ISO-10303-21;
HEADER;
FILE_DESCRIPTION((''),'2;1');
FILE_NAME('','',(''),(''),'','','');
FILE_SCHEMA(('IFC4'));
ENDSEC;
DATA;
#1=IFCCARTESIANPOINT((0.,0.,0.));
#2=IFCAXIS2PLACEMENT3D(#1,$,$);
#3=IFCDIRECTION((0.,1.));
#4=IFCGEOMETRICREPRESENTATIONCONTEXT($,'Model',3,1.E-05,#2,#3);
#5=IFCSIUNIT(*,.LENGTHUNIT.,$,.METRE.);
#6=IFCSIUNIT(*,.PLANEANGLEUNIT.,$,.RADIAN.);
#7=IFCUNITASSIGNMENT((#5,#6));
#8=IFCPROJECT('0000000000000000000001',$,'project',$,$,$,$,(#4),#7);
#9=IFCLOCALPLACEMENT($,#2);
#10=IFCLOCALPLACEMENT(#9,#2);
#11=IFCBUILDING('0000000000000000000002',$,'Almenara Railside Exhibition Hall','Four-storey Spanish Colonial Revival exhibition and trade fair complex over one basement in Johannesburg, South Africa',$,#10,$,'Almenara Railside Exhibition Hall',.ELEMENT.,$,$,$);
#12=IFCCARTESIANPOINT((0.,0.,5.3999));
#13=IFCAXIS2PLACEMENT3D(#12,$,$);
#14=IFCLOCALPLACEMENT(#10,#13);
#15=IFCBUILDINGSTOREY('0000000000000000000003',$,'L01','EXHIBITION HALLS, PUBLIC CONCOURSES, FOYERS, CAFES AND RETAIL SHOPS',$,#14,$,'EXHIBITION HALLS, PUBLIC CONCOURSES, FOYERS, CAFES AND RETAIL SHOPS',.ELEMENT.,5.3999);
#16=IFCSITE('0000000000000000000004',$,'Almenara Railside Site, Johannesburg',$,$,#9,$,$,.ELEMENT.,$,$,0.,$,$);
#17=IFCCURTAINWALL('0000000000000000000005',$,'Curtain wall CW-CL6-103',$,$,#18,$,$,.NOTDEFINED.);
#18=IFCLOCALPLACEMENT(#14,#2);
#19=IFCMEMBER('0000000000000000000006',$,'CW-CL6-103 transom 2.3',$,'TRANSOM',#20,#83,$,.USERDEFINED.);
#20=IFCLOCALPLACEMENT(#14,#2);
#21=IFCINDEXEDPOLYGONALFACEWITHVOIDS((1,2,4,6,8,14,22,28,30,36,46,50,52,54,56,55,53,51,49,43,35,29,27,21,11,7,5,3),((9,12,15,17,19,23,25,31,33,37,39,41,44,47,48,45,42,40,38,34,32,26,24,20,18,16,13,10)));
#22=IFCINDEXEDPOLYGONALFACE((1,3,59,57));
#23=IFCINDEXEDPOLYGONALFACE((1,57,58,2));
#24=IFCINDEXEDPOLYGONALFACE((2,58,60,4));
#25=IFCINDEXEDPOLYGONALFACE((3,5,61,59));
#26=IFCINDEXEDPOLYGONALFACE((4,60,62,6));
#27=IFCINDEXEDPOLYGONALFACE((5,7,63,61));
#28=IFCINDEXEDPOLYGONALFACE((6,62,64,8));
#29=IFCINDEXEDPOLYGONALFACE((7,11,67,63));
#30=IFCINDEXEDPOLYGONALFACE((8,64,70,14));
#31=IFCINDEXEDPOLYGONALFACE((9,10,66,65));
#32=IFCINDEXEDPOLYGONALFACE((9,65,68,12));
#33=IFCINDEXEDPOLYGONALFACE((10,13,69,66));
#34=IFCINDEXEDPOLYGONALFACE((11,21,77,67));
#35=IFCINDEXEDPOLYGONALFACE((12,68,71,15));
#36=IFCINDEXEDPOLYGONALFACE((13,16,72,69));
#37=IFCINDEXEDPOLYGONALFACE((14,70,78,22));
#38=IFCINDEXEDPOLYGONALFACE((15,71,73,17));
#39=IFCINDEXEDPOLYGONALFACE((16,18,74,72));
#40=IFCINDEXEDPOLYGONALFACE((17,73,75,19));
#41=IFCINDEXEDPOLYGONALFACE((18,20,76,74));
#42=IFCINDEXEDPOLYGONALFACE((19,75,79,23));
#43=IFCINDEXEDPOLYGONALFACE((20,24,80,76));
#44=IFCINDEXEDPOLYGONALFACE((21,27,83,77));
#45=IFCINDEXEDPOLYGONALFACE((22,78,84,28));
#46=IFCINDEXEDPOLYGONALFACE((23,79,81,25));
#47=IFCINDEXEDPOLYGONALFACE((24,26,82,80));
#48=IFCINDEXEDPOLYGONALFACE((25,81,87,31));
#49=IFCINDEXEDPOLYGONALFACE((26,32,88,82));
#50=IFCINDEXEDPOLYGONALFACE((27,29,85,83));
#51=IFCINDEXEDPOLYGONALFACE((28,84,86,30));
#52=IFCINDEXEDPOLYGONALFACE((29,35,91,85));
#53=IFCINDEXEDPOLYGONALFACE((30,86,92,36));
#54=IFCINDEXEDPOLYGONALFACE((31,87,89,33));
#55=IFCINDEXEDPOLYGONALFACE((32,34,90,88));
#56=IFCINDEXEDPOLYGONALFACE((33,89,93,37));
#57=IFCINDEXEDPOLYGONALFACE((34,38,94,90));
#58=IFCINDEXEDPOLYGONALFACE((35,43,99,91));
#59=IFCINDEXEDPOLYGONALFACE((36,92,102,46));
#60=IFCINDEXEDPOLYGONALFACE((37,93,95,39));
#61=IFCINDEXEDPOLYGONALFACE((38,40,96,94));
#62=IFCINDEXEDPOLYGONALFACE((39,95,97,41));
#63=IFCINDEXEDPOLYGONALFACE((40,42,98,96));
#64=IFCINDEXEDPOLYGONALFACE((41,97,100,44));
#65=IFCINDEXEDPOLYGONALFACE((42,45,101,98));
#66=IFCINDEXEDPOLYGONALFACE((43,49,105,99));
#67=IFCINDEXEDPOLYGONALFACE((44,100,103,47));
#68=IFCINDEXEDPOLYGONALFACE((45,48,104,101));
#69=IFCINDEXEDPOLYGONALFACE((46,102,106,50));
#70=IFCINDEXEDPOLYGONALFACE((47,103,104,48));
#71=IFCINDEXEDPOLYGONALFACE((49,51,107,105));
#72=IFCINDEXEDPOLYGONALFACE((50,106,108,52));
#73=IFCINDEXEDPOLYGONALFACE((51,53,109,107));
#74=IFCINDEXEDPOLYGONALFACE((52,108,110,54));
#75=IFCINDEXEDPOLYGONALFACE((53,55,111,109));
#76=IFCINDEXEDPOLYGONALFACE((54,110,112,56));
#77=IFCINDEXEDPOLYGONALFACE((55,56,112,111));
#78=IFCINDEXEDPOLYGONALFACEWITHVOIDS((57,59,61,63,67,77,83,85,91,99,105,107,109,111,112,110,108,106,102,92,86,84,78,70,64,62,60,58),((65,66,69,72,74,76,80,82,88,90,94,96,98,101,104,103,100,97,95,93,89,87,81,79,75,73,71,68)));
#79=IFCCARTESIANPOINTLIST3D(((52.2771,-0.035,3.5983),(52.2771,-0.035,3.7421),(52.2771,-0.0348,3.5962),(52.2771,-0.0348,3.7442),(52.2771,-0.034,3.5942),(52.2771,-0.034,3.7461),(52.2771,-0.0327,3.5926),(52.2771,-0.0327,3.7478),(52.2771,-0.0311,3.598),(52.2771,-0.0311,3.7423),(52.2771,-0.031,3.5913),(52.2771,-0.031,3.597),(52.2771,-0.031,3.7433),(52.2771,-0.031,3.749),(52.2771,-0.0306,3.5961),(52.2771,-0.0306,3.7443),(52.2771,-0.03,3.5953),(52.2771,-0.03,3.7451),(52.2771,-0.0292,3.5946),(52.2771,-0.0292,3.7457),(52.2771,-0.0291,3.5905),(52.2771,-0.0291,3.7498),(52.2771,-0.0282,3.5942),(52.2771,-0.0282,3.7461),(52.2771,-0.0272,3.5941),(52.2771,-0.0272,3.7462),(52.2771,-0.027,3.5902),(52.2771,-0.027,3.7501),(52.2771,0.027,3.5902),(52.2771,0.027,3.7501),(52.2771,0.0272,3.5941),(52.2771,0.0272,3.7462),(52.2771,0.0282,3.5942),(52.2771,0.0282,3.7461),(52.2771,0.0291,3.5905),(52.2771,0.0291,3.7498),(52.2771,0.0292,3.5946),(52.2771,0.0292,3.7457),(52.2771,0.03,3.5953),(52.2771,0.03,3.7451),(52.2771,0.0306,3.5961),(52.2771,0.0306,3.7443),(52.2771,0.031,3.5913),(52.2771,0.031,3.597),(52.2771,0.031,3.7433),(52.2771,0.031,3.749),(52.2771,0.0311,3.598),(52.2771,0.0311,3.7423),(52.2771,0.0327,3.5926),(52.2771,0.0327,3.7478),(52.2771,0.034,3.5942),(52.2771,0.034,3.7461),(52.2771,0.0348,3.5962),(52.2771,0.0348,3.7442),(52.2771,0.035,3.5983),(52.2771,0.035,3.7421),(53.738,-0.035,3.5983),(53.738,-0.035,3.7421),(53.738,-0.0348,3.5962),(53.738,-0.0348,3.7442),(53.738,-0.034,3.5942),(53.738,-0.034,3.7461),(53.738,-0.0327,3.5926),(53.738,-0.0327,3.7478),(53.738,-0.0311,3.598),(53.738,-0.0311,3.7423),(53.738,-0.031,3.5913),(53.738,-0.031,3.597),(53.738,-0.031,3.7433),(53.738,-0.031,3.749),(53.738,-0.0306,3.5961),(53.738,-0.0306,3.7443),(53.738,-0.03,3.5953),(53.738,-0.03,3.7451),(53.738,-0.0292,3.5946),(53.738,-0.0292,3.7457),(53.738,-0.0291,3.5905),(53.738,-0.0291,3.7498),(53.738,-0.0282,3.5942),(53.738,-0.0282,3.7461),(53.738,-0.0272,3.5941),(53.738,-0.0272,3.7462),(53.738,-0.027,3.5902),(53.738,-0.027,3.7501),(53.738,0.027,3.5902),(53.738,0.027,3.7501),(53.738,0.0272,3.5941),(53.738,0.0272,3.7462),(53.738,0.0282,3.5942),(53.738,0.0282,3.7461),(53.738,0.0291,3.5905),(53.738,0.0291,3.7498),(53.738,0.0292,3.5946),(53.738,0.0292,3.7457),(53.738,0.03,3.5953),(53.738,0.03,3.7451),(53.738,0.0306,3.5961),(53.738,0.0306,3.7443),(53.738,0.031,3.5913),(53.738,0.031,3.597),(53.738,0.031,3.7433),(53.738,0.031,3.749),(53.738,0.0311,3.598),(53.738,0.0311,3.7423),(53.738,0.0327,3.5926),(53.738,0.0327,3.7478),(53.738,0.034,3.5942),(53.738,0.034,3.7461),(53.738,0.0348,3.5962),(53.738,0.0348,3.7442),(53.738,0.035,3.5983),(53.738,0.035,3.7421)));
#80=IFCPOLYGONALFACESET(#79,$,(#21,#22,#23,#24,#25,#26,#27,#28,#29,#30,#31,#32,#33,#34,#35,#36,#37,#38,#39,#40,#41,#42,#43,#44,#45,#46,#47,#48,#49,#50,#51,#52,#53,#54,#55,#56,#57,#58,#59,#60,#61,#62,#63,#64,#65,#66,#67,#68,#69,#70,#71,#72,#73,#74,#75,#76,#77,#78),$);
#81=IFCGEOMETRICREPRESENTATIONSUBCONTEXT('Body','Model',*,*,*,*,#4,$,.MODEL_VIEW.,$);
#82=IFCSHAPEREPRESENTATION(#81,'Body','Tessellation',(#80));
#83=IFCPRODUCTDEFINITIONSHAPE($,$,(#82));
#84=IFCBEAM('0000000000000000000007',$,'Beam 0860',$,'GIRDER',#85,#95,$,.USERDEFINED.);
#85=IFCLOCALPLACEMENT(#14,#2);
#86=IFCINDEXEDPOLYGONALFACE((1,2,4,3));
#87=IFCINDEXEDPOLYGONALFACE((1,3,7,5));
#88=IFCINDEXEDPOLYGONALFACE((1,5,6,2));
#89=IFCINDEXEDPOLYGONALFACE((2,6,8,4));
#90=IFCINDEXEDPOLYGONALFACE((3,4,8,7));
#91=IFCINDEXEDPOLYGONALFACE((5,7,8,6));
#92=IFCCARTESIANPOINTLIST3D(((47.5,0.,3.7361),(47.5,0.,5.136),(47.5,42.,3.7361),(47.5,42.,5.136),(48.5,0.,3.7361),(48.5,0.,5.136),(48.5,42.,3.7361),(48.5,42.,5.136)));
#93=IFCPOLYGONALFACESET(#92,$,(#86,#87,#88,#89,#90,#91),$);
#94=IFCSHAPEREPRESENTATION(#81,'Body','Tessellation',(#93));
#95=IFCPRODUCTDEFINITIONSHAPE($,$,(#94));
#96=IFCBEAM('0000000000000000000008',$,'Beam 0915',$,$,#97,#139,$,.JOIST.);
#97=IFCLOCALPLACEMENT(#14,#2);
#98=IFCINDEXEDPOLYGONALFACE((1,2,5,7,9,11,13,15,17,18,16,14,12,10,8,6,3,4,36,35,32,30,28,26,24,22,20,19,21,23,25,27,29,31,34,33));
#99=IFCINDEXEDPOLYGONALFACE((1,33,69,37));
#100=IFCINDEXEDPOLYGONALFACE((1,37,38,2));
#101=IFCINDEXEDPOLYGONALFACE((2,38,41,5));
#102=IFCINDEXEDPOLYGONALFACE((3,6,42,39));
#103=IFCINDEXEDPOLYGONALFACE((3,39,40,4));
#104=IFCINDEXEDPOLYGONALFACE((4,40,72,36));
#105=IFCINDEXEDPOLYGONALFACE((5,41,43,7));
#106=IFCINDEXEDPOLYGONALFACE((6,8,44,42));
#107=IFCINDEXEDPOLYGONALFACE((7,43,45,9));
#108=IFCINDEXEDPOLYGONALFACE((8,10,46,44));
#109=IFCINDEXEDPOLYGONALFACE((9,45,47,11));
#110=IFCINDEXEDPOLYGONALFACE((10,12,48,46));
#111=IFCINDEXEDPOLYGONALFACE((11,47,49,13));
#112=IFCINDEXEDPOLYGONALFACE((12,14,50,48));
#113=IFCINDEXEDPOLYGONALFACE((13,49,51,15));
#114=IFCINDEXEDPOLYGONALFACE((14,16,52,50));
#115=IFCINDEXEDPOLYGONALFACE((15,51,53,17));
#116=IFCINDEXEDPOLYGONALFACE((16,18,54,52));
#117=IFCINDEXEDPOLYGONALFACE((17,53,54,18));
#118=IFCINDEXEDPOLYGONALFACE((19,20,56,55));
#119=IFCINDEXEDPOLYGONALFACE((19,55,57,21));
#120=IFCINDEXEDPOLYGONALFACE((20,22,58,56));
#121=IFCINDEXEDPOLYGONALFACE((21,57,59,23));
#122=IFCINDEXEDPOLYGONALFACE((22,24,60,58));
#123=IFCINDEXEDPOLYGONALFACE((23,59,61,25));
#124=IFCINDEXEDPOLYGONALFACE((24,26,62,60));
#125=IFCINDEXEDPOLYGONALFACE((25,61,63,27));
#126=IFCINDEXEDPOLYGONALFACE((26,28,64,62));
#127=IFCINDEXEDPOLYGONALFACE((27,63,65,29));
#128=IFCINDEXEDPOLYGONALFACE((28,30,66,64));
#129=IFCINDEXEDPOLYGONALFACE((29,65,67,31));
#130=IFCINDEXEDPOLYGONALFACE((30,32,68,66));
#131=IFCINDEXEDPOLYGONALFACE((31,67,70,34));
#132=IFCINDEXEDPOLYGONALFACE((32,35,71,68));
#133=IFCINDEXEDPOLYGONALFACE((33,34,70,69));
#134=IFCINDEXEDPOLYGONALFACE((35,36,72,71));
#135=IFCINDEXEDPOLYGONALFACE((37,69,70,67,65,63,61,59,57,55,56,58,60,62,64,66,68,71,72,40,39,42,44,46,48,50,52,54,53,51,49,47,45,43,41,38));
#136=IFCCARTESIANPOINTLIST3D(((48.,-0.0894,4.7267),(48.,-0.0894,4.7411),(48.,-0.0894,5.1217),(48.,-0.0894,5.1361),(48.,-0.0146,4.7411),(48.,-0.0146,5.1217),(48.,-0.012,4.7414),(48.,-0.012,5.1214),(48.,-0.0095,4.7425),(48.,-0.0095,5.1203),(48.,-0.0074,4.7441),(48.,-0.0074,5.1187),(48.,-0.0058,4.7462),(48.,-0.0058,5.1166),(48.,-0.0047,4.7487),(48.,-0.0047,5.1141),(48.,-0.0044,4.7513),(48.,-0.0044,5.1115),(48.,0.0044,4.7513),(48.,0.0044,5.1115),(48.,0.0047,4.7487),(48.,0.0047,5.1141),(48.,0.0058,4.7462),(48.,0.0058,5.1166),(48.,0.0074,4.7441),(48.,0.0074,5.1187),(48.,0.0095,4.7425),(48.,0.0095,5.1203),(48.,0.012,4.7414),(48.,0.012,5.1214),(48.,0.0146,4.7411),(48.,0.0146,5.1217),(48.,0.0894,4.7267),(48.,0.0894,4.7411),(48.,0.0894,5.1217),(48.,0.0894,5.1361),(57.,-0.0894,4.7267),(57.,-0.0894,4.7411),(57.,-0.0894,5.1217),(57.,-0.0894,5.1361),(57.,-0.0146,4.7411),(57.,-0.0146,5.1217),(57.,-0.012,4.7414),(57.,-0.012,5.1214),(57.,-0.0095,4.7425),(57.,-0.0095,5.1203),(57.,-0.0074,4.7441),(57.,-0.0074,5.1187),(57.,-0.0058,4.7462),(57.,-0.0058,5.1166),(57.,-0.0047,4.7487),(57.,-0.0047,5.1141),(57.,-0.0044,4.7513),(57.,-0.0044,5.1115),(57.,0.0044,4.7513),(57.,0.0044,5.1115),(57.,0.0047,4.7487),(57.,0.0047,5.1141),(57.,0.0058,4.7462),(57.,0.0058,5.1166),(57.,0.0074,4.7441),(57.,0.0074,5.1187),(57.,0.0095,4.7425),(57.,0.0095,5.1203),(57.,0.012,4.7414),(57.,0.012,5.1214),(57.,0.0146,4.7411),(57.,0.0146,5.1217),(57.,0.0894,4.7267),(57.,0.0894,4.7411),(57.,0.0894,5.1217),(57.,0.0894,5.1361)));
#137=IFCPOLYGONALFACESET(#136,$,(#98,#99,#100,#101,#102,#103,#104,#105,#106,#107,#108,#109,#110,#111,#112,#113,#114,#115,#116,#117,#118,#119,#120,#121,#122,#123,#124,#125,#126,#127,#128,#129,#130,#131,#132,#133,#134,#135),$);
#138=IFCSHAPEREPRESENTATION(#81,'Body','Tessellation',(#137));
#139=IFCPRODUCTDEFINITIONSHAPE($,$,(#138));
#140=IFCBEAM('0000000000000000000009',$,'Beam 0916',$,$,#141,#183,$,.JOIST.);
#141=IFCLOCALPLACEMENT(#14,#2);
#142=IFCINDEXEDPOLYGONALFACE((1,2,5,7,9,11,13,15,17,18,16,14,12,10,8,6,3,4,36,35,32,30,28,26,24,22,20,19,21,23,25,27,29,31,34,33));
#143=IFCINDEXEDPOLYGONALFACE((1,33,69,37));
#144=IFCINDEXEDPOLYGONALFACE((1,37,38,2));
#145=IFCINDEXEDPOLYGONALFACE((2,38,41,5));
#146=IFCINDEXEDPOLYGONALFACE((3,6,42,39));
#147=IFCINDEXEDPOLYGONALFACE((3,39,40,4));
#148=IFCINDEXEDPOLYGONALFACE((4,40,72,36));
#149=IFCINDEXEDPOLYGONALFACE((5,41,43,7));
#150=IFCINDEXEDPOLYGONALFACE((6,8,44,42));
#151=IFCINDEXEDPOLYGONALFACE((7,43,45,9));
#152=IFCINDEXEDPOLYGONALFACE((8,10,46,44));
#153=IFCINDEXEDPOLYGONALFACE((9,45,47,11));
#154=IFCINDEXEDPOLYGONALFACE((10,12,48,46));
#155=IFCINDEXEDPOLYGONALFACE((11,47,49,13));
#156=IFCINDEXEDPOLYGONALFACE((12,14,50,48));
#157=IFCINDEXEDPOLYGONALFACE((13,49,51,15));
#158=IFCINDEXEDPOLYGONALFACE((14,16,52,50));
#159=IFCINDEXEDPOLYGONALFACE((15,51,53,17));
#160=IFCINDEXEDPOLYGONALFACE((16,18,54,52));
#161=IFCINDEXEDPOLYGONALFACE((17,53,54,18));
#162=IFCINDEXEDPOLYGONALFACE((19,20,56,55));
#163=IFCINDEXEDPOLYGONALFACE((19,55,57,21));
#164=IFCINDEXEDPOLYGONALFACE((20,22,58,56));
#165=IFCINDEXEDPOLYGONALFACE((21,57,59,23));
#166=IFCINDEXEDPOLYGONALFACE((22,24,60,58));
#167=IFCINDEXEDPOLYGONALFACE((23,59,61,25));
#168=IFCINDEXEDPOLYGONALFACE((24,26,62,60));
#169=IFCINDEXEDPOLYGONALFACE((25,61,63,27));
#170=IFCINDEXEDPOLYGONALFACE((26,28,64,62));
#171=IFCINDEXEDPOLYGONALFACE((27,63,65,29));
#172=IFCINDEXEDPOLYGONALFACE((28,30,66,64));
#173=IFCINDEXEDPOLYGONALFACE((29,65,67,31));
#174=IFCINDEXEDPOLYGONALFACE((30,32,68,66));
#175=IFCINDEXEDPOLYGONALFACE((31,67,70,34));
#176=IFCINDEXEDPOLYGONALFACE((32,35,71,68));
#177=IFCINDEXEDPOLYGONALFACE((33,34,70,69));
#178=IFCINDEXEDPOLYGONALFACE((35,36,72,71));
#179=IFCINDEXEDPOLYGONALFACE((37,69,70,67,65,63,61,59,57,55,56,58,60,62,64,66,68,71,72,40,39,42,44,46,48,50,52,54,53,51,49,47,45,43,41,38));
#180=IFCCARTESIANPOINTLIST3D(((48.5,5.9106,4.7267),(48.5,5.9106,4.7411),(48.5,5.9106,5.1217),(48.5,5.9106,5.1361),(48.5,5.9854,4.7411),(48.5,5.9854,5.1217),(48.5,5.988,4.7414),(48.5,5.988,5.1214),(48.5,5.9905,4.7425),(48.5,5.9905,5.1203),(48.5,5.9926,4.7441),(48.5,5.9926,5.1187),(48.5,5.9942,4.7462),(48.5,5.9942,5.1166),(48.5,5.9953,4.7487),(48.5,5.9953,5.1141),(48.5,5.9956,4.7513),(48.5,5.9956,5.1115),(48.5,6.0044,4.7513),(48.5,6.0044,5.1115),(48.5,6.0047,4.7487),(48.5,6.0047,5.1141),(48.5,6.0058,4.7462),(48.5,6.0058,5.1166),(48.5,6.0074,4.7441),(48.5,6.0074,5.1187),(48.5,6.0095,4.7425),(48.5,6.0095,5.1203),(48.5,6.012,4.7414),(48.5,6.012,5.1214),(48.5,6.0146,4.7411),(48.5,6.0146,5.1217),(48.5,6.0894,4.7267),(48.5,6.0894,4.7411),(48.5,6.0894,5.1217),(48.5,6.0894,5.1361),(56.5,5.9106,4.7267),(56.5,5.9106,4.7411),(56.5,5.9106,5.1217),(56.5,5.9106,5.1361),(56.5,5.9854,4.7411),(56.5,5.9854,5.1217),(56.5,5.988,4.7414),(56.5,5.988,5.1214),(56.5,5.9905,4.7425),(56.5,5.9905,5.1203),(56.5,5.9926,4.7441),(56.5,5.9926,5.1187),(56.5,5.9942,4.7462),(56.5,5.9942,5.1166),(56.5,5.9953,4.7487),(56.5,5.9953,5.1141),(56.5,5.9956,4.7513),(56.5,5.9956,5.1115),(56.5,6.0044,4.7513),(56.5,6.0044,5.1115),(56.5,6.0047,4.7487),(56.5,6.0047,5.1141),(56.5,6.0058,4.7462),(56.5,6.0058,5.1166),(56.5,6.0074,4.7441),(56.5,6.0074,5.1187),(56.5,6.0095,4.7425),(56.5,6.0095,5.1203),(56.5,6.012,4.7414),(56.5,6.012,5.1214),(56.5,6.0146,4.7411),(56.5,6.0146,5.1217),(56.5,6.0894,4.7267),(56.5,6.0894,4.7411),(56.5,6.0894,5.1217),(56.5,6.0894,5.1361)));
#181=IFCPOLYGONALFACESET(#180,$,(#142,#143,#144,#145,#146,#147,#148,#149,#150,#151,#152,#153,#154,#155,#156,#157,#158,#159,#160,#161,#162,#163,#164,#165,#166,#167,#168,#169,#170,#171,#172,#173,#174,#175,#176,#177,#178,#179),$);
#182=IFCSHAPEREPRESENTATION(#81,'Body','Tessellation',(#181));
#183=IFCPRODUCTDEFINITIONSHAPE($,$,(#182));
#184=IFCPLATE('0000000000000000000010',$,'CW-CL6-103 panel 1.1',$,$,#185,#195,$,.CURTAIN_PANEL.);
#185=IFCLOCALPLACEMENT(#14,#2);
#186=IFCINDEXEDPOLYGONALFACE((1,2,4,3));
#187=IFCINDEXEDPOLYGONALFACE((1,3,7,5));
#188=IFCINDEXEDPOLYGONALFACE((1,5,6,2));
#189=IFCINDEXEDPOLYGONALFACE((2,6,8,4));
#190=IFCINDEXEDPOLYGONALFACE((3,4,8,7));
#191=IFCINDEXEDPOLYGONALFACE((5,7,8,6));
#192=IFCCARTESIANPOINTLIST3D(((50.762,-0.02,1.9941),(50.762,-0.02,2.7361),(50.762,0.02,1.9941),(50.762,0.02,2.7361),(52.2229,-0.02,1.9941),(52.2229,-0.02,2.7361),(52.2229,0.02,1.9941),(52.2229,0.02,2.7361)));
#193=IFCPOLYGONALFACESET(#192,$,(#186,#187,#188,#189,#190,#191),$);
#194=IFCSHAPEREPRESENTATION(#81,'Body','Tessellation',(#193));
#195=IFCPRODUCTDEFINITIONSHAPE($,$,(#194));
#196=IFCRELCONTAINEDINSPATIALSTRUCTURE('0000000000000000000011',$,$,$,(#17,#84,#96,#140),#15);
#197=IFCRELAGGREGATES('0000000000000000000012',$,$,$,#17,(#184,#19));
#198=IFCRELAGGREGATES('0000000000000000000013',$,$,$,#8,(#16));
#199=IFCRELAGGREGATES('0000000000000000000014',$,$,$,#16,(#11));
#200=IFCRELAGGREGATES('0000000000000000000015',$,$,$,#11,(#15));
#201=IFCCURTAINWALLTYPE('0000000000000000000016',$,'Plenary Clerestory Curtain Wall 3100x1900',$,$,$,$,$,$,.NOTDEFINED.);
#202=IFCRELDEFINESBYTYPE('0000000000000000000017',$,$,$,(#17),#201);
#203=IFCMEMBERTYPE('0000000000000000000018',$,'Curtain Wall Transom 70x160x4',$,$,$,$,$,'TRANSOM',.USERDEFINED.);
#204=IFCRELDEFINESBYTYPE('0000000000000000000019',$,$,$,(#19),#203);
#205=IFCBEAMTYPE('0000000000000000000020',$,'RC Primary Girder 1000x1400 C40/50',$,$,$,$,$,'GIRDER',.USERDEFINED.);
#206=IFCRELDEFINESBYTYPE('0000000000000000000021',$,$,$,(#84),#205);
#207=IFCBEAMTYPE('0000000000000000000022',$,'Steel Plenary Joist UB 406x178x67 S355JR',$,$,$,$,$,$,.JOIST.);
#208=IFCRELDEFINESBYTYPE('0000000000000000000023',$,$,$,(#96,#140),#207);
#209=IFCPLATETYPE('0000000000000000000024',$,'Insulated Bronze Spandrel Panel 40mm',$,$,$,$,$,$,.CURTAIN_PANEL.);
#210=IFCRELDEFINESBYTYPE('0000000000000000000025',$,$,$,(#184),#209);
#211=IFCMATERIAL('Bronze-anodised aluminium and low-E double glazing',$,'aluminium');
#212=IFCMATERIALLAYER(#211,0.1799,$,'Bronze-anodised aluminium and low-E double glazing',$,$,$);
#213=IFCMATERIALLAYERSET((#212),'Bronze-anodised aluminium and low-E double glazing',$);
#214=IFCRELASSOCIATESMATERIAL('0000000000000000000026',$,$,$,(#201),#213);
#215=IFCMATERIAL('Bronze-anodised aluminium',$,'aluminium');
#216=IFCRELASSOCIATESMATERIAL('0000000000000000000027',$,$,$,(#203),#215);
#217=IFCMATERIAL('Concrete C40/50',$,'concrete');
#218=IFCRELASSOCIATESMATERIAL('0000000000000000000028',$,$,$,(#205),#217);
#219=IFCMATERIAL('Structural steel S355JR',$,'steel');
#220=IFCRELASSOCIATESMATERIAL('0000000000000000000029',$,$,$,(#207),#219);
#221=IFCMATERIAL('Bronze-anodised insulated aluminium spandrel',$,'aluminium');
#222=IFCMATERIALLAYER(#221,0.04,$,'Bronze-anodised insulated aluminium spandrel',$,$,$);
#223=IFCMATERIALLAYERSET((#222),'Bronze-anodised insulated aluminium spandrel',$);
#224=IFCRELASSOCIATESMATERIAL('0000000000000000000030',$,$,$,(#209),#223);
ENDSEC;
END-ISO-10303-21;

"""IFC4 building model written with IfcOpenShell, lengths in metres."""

from ifc_helpers import new_model, si_unit, direction, frame, origin, origin_2d, place, context, subcontext, project, spatial, rectangle, hollow_rectangle, i_section, extrude, material, layer, layer_set, material_profile, profile_set, type_object, element, aggregate, save


model = new_model("IFC4")

# Units and contexts
model_context = context("Model", 3, precision=1e-05, world=origin(), true_north=direction((0.0, 1.0)))
body_context = subcontext(model_context, "Body", "Model", "MODEL_VIEW")
ifc_project = project(units=[si_unit("LENGTHUNIT", "METRE"), si_unit("PLANEANGLEUNIT", "RADIAN")], contexts=[model_context])

# Site, building, storey
site_placement = place(None, origin())
site = spatial("IfcSite", under=ifc_project, at=site_placement, Name="Almenara Railside Site, Johannesburg", CompositionType="ELEMENT", RefElevation=0.0)
building_placement = place(site_placement, origin())
building = spatial("IfcBuilding", under=site, at=building_placement, Name="Almenara Railside Exhibition Hall", Description="Four-storey Spanish Colonial Revival exhibition and trade fair complex over one basement in Johannesburg, South Africa", LongName="Almenara Railside Exhibition Hall", CompositionType="ELEMENT")
storey_placement = place(building_placement, frame((0.0, 0.0, 5.3999)))
storey = spatial("IfcBuildingStorey", under=building, at=storey_placement, Name="L01", Description="EXHIBITION HALLS, PUBLIC CONCOURSES, FOYERS, CAFES AND RETAIL SHOPS", LongName="EXHIBITION HALLS, PUBLIC CONCOURSES, FOYERS, CAFES AND RETAIL SHOPS", CompositionType="ELEMENT", Elevation=5.3999)

# Curtain wall, member
ifc_material_1 = material(Name="Bronze-anodised aluminium and low-E double glazing", Category="aluminium")
ifc_layer_1 = layer(ifc_material_1, 0.1799, Name="Bronze-anodised aluminium and low-E double glazing")
ifc_layer_set_1 = layer_set([ifc_layer_1], Name="Bronze-anodised aluminium and low-E double glazing")
curtain_wall_type = type_object("IfcCurtainWallType", Name="Plenary Clerestory Curtain Wall 3100x1900", PredefinedType="NOTDEFINED", material=ifc_layer_set_1)
curtain_wall_placement = place(storey_placement, origin())
curtain_wall = element("IfcCurtainWall", 1, at=curtain_wall_placement, inside=storey, type_object=curtain_wall_type, Name="Curtain wall CW-CL6-103", PredefinedType="NOTDEFINED")
ifc_material_2 = material(Name="Bronze-anodised aluminium", Category="aluminium")
ifc_material_profile_1 = material_profile(ifc_material_2, hollow_rectangle(XDim=0.0701, YDim=0.1599, WallThickness=0.0039, InnerFilletRadius=0.0039, OuterFilletRadius=0.0081, at=origin_2d()), Name="ALU-TRN 70x160x4")
ifc_profile_set_1 = profile_set([ifc_material_profile_1], Name="Bronze-anodised aluminium")
member_type_1 = type_object("IfcMemberType", Name="Curtain Wall Transom 70x160x4", ElementType="TRANSOM", PredefinedType="USERDEFINED", material=ifc_profile_set_1)
member_1_placement = place(storey_placement, frame((52.2771, 0.0, 3.6702), z_axis=(1.0, 0.0, 0.0), x_axis=(0.0, 1.0, 0.0)))
member_1 = element("IfcMember", 2, at=member_1_placement, type_object=member_type_1, Name="CW-CL6-103 transom 2.3", ObjectType="TRANSOM", PredefinedType="USERDEFINED", context=body_context, shape_type="SweptSolid", body=[
    extrude(hollow_rectangle(XDim=0.0701, YDim=0.1599, WallThickness=0.0039, InnerFilletRadius=0.0039, OuterFilletRadius=0.0081, at=origin_2d()), origin(), (0.0, 0.0, 1.0), 1.4609),
])

# Beams
ifc_material_3 = material(Name="Concrete C40/50", Category="concrete")
ifc_material_profile_2 = material_profile(ifc_material_3, rectangle(XDim=1.0, YDim=1.3999, at=origin_2d()), Name="RC 1000x1400")
ifc_profile_set_2 = profile_set([ifc_material_profile_2], Name="Concrete C40/50")
beam_type_1 = type_object("IfcBeamType", Name="RC Primary Girder 1000x1400 C40/50", ElementType="GIRDER", PredefinedType="USERDEFINED", material=ifc_profile_set_2)
beam_1_placement = place(storey_placement, frame((48.0, 0.0, 4.436), z_axis=(0.0, 1.0, 0.0), x_axis=(-1.0, 0.0, 0.0)))
element("IfcBeam", 3, at=beam_1_placement, inside=storey, type_object=beam_type_1, Name="Beam 0860", ObjectType="GIRDER", PredefinedType="USERDEFINED", context=body_context, shape_type="SweptSolid", body=[
    extrude(rectangle(XDim=1.0, YDim=1.3999, at=origin_2d()), origin(), (0.0, 0.0, 1.0), 42.0),
])
ifc_material_4 = material(Name="Structural steel S355JR", Category="steel")
ifc_material_profile_3 = material_profile(ifc_material_4, i_section(OverallWidth=0.1787, OverallDepth=0.4094, WebThickness=0.0088, FlangeThickness=0.0144, FilletRadius=0.0103, at=origin_2d()), Name="UB 406x178x67")
ifc_profile_set_3 = profile_set([ifc_material_profile_3], Name="Structural steel S355JR")
beam_type_2 = type_object("IfcBeamType", Name="Steel Plenary Joist UB 406x178x67 S355JR", PredefinedType="JOIST", material=ifc_profile_set_3)
beam_2_placement = place(storey_placement, frame((48.0, 0.0, 4.9314), z_axis=(1.0, 0.0, 0.0), x_axis=(0.0, 1.0, 0.0)))
element("IfcBeam", 4, at=beam_2_placement, inside=storey, type_object=beam_type_2, Name="Beam 0915", PredefinedType="JOIST", context=body_context, shape_type="SweptSolid", body=[
    extrude(i_section(OverallWidth=0.1787, OverallDepth=0.4094, WebThickness=0.0088, FlangeThickness=0.0144, FilletRadius=0.0103, at=origin_2d()), origin(), (0.0, 0.0, 1.0), 9.0),
])
beam_3_placement = place(storey_placement, frame((48.5, 6.0, 4.9314), z_axis=(1.0, 0.0, 0.0), x_axis=(0.0, 1.0, 0.0)))
element("IfcBeam", 5, at=beam_3_placement, inside=storey, type_object=beam_type_2, Name="Beam 0916", PredefinedType="JOIST", context=body_context, shape_type="SweptSolid", body=[
    extrude(i_section(OverallWidth=0.1787, OverallDepth=0.4094, WebThickness=0.0088, FlangeThickness=0.0144, FilletRadius=0.0103, at=origin_2d()), origin(), (0.0, 0.0, 1.0), 8.0),
])

# Plate
ifc_material_5 = material(Name="Bronze-anodised insulated aluminium spandrel", Category="aluminium")
ifc_layer_2 = layer(ifc_material_5, 0.04, Name="Bronze-anodised insulated aluminium spandrel")
ifc_layer_set_2 = layer_set([ifc_layer_2], Name="Bronze-anodised insulated aluminium spandrel")
plate_type = type_object("IfcPlateType", Name="Insulated Bronze Spandrel Panel 40mm", PredefinedType="CURTAIN_PANEL", material=ifc_layer_set_2)
plate_1_placement = place(storey_placement, frame((51.4924, 0.0, 1.9941), z_axis=(0.0, 0.0, 1.0), x_axis=(1.0, 0.0, 0.0)))
plate_1 = element("IfcPlate", 6, at=plate_1_placement, type_object=plate_type, Name="CW-CL6-103 panel 1.1", PredefinedType="CURTAIN_PANEL", context=body_context, shape_type="SweptSolid", body=[
    extrude(rectangle(XDim=1.4609, YDim=0.04, at=origin_2d()), origin(), (0.0, 0.0, 1.0), 0.7419),
])
aggregate(curtain_wall, [plate_1, member_1])

save(model, "model.ifc")
